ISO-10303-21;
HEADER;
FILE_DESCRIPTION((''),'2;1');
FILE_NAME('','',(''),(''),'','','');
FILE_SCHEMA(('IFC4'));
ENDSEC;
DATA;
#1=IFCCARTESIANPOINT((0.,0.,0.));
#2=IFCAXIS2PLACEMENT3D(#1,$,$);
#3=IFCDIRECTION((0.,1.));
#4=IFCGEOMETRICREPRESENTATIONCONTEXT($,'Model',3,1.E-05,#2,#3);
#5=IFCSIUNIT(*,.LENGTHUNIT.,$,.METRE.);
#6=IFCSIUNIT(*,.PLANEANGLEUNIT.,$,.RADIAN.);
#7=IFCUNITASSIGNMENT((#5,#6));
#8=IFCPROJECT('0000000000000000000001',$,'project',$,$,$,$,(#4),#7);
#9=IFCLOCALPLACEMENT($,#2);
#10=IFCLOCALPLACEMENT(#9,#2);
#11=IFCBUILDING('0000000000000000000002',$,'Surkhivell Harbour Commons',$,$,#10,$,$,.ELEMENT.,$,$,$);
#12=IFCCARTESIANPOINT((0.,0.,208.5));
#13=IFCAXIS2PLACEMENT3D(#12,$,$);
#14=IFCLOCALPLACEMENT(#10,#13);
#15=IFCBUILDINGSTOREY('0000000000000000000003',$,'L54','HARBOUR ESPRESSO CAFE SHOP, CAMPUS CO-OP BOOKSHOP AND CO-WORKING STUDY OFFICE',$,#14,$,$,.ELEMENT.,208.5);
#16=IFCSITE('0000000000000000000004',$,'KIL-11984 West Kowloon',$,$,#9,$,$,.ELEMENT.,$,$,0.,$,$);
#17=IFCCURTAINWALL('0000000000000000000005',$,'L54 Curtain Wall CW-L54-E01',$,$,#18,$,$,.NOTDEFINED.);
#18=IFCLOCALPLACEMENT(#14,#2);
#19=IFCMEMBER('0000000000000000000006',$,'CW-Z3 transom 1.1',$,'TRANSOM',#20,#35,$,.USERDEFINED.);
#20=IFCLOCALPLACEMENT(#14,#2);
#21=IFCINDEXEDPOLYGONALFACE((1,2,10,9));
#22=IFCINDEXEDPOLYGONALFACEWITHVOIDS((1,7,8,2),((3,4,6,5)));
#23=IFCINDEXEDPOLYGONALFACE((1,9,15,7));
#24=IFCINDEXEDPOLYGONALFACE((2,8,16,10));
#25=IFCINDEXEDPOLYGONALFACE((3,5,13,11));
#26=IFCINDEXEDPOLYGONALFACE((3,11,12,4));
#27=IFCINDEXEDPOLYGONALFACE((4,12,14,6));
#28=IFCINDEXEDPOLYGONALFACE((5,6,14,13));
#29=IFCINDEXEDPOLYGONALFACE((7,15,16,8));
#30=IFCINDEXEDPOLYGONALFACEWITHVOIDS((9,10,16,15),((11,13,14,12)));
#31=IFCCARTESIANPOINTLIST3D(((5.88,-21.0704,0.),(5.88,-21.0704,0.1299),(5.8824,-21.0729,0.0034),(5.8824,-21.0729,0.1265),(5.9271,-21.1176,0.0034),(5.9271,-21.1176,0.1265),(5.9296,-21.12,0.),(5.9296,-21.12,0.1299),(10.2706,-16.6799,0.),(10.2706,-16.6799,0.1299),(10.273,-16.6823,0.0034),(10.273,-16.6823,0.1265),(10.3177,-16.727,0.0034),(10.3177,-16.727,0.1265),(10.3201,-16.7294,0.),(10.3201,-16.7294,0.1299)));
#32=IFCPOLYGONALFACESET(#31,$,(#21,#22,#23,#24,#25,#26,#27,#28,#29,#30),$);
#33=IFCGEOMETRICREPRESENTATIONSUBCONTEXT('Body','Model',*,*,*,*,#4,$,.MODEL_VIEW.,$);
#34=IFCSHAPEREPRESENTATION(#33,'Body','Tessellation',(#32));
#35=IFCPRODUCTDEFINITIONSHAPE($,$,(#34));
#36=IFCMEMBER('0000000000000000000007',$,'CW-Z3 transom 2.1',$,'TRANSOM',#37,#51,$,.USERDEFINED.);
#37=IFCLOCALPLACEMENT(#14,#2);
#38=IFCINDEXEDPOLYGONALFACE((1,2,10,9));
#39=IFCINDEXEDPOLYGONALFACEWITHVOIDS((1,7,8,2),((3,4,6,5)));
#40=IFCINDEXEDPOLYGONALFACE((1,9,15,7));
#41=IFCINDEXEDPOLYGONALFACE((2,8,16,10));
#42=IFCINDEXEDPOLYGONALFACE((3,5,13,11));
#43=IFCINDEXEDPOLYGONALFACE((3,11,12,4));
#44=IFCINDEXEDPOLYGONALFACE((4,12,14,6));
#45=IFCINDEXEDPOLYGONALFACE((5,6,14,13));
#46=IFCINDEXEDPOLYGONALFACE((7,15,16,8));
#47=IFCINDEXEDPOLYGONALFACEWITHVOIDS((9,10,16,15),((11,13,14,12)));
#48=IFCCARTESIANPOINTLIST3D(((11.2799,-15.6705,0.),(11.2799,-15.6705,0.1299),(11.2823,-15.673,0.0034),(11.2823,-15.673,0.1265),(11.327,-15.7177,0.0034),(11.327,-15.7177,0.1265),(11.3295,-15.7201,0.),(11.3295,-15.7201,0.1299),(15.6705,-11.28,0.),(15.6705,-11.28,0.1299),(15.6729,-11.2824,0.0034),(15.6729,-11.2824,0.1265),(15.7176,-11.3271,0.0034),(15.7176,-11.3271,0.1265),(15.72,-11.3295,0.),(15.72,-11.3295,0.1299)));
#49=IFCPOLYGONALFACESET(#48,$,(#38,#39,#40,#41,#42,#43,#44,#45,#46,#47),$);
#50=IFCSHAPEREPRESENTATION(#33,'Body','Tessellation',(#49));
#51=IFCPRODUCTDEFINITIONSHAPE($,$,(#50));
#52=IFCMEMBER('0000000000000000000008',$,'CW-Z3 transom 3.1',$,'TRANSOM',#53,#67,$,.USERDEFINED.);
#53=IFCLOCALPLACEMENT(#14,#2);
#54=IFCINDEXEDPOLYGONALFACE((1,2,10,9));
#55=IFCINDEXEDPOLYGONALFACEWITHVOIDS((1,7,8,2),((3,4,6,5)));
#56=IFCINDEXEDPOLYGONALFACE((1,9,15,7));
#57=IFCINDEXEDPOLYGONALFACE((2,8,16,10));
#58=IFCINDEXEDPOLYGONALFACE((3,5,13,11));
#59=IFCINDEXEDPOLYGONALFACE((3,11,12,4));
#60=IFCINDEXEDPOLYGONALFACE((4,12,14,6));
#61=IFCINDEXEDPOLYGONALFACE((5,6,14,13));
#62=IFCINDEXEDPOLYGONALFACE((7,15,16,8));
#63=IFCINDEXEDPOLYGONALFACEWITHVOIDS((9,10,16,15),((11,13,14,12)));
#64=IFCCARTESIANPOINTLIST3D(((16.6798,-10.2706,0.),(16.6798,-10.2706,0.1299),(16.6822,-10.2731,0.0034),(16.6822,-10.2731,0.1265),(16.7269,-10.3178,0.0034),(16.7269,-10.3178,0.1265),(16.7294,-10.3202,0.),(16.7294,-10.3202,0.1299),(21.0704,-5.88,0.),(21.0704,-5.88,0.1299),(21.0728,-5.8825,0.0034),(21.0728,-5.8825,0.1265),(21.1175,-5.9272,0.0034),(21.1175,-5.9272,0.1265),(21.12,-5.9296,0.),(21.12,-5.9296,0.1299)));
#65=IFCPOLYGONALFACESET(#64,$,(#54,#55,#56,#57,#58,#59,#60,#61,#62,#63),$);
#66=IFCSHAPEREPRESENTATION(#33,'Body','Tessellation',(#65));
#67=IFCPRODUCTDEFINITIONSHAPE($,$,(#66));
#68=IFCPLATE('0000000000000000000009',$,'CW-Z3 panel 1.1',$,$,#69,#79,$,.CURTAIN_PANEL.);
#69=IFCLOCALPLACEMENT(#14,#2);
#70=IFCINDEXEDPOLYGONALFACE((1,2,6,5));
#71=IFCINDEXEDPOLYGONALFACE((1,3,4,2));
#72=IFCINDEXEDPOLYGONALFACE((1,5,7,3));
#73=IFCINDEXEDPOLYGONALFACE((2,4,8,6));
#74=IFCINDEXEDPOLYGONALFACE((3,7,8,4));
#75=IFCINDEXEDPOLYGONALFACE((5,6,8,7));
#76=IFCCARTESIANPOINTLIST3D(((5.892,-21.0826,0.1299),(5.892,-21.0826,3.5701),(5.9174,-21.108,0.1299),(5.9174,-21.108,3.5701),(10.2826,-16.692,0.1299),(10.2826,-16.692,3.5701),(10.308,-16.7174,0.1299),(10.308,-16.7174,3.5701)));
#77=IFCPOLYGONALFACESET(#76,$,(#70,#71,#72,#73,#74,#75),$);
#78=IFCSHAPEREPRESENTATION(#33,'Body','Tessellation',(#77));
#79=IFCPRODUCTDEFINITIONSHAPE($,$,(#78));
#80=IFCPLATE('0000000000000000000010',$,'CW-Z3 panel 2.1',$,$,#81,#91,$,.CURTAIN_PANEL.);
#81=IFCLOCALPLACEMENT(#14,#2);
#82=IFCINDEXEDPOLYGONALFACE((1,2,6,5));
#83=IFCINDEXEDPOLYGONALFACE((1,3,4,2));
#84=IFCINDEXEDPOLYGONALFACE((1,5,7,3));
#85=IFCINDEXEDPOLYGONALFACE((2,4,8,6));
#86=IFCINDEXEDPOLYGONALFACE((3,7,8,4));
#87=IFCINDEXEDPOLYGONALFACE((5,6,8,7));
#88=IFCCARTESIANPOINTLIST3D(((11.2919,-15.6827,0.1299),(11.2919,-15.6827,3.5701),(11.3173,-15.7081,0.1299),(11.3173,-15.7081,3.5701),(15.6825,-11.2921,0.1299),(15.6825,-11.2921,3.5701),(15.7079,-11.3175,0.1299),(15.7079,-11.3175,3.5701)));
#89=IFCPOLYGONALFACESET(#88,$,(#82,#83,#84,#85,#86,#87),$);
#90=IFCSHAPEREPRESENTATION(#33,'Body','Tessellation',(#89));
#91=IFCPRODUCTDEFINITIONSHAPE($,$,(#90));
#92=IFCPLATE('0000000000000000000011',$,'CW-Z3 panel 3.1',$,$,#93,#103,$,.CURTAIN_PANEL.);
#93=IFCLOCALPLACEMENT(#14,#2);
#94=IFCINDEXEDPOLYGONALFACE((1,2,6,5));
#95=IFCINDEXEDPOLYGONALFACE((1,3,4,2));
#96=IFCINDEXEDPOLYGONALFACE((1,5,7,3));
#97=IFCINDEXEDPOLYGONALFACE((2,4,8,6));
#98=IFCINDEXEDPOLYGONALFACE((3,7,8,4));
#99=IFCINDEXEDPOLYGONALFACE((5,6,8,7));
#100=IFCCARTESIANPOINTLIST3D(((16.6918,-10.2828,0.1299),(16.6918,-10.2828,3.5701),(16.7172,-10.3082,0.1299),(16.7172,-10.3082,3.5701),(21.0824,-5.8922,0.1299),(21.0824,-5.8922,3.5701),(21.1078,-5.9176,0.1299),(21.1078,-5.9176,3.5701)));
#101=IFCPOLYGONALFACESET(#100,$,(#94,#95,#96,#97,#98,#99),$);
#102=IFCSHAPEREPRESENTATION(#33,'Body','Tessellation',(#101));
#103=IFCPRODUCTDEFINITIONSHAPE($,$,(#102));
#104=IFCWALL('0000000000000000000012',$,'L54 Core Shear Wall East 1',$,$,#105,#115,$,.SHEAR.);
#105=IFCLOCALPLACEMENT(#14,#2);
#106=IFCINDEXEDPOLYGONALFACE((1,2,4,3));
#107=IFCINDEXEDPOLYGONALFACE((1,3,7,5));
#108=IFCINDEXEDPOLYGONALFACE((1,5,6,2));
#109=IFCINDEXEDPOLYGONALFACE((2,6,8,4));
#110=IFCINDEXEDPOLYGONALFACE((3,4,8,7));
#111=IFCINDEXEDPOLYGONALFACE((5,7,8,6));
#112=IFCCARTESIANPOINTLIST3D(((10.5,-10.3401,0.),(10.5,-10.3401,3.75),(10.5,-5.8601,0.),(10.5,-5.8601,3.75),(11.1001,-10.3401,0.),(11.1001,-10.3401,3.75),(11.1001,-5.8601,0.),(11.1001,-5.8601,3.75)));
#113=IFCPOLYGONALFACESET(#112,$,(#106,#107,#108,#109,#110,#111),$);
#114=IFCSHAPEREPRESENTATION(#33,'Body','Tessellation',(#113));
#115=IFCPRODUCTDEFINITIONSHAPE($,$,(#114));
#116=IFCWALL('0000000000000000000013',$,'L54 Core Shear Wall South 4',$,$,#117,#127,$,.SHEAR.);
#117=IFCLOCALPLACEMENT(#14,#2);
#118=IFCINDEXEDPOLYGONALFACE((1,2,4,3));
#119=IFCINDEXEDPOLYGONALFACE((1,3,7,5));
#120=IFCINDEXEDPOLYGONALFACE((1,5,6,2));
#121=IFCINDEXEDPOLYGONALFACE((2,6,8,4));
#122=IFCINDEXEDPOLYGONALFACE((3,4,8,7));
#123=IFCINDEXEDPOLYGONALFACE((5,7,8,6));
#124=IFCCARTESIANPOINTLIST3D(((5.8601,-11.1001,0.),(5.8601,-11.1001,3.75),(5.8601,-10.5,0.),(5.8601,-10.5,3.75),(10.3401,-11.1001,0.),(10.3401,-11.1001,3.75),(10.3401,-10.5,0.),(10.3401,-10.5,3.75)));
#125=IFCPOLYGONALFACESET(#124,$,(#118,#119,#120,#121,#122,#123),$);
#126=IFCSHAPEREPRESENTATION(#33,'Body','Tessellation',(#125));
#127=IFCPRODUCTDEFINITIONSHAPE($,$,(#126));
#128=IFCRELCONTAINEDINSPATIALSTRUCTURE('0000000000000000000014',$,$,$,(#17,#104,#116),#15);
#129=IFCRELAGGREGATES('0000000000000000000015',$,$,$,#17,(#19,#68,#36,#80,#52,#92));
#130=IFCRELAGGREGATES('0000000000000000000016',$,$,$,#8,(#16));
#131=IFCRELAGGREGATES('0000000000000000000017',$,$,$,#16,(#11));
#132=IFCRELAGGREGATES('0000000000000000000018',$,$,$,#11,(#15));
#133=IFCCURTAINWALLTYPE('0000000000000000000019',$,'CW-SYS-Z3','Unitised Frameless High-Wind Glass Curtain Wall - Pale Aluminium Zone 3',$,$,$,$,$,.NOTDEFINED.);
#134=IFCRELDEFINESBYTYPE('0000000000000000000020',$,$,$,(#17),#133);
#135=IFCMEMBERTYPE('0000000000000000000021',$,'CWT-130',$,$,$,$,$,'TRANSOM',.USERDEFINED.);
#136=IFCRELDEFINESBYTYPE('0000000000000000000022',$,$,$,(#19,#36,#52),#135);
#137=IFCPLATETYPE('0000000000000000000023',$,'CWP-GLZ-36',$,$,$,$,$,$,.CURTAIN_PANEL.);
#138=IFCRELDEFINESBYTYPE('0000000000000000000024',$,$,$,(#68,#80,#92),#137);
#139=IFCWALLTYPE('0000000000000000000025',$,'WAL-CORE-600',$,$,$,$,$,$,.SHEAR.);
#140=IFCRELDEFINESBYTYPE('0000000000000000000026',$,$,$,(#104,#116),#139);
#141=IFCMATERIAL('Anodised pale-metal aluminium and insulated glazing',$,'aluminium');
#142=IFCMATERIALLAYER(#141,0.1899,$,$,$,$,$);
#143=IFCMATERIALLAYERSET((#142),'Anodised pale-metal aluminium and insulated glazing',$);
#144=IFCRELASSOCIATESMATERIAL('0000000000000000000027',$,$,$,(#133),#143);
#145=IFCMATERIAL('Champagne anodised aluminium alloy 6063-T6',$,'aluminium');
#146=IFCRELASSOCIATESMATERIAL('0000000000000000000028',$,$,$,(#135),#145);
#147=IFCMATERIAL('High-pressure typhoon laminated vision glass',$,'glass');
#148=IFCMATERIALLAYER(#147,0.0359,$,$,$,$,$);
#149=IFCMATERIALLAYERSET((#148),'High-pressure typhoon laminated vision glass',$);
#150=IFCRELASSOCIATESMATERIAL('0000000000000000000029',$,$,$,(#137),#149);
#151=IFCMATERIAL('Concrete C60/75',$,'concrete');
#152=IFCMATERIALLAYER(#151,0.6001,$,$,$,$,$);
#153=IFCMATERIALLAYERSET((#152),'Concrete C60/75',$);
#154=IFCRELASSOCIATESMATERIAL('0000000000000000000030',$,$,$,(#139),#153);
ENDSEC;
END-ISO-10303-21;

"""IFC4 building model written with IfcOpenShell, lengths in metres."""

from ifc_helpers import new_model, si_unit, direction, frame, frame_2d, origin, origin_2d, place, context, subcontext, project, spatial, rectangle, hollow_rectangle, extrude, material, layer, layer_set, material_profile, profile_set, type_object, element, aggregate, save


model = new_model("IFC4")

# Units and contexts
model_context = context("Model", 3, precision=1e-05, world=origin(), true_north=direction((0.0, 1.0)))
body_context = subcontext(model_context, "Body", "Model", "MODEL_VIEW")
ifc_project = project(units=[si_unit("LENGTHUNIT", "METRE"), si_unit("PLANEANGLEUNIT", "RADIAN")], contexts=[model_context])

# Site, building, storey
site_placement = place(None, origin())
site = spatial("IfcSite", under=ifc_project, at=site_placement, Name="KIL-11984 West Kowloon", CompositionType="ELEMENT", RefElevation=0.0)
building_placement = place(site_placement, origin())
building = spatial("IfcBuilding", under=site, at=building_placement, Name="Surkhivell Harbour Commons", CompositionType="ELEMENT")
storey_placement = place(building_placement, frame((0.0, 0.0, 208.5)))
storey = spatial("IfcBuildingStorey", under=building, at=storey_placement, Name="L54", Description="HARBOUR ESPRESSO CAFE SHOP, CAMPUS CO-OP BOOKSHOP AND CO-WORKING STUDY OFFICE", CompositionType="ELEMENT", Elevation=208.5)

# Shared definitions
ifc_material_1 = material(Name="Concrete C60/75", Category="concrete")

# Curtain wall, members, plates
ifc_material_2 = material(Name="Anodised pale-metal aluminium and insulated glazing", Category="aluminium")
ifc_layer_1 = layer(ifc_material_2, 0.1899)
ifc_layer_set_1 = layer_set([ifc_layer_1], Name="Anodised pale-metal aluminium and insulated glazing")
curtain_wall_type = type_object("IfcCurtainWallType", Name="CW-SYS-Z3", Description="Unitised Frameless High-Wind Glass Curtain Wall - Pale Aluminium Zone 3", PredefinedType="NOTDEFINED", material=ifc_layer_set_1)
curtain_wall_placement = place(storey_placement, origin())
curtain_wall = element("IfcCurtainWall", 1, at=curtain_wall_placement, inside=storey, type_object=curtain_wall_type, Name="L54 Curtain Wall CW-L54-E01", PredefinedType="NOTDEFINED")
ifc_material_3 = material(Name="Champagne anodised aluminium alloy 6063-T6", Category="aluminium")
ifc_material_profile_1 = material_profile(ifc_material_3, hollow_rectangle(XDim=0.0701, YDim=0.1299, WallThickness=0.0034, at=origin_2d()), Name="ALU-TRAN-70x130")
ifc_profile_set_1 = profile_set([ifc_material_profile_1], Name="Champagne anodised aluminium alloy 6063-T6")
member_type_1 = type_object("IfcMemberType", Name="CWT-130", ElementType="TRANSOM", PredefinedType="USERDEFINED", material=ifc_profile_set_1)
member_1_placement = place(storey_placement, frame((5.9048, -21.0952, 0.0649), z_axis=(0.707107, 0.707107, 0.0), x_axis=(-0.707107, 0.707107, 0.0)))
member_1 = element("IfcMember", 2, at=member_1_placement, type_object=member_type_1, Name="CW-Z3 transom 1.1", ObjectType="TRANSOM", PredefinedType="USERDEFINED", context=body_context, shape_type="SweptSolid", body=[
    extrude(hollow_rectangle(XDim=0.0701, YDim=0.1299, WallThickness=0.0034, at=origin_2d()), origin(), (0.0, 0.0, 1.0), 6.2092),
])
member_2_placement = place(storey_placement, frame((11.3047, -15.6953, 0.0649), z_axis=(0.707107, 0.707107, 0.0), x_axis=(-0.707107, 0.707107, 0.0)))
member_2 = element("IfcMember", 3, at=member_2_placement, type_object=member_type_1, Name="CW-Z3 transom 2.1", ObjectType="TRANSOM", PredefinedType="USERDEFINED", context=body_context, shape_type="SweptSolid", body=[
    extrude(hollow_rectangle(XDim=0.0701, YDim=0.1299, WallThickness=0.0034, at=origin_2d()), origin(), (0.0, 0.0, 1.0), 6.2092),
])
member_3_placement = place(storey_placement, frame((16.7046, -10.2954, 0.0649), z_axis=(0.707107, 0.707107, 0.0), x_axis=(-0.707107, 0.707107, 0.0)))
member_3 = element("IfcMember", 4, at=member_3_placement, type_object=member_type_1, Name="CW-Z3 transom 3.1", ObjectType="TRANSOM", PredefinedType="USERDEFINED", context=body_context, shape_type="SweptSolid", body=[
    extrude(hollow_rectangle(XDim=0.0701, YDim=0.1299, WallThickness=0.0034, at=origin_2d()), origin(), (0.0, 0.0, 1.0), 6.2092),
])
ifc_material_4 = material(Name="High-pressure typhoon laminated vision glass", Category="glass")
ifc_layer_2 = layer(ifc_material_4, 0.0359)
ifc_layer_set_2 = layer_set([ifc_layer_2], Name="High-pressure typhoon laminated vision glass")
plate_type = type_object("IfcPlateType", Name="CWP-GLZ-36", PredefinedType="CURTAIN_PANEL", material=ifc_layer_set_2)
plate_1_placement = place(storey_placement, frame((5.9048, -21.0952, 0.1299), z_axis=(0.0, 0.0, 1.0), x_axis=(0.707107, 0.707107, 0.0)))
plate_1 = element("IfcPlate", 5, at=plate_1_placement, type_object=plate_type, Name="CW-Z3 panel 1.1", PredefinedType="CURTAIN_PANEL", context=body_context, shape_type="SweptSolid", body=[
    extrude(rectangle(XDim=6.2092, YDim=0.0359, at=frame_2d((3.1045, 0.0))), origin(), (0.0, 0.0, 1.0), 3.4402),
])
plate_2_placement = place(storey_placement, frame((11.3047, -15.6953, 0.1299), z_axis=(0.0, 0.0, 1.0), x_axis=(0.707107, 0.707107, 0.0)))
plate_2 = element("IfcPlate", 6, at=plate_2_placement, type_object=plate_type, Name="CW-Z3 panel 2.1", PredefinedType="CURTAIN_PANEL", context=body_context, shape_type="SweptSolid", body=[
    extrude(rectangle(XDim=6.2092, YDim=0.0359, at=frame_2d((3.1045, 0.0))), origin(), (0.0, 0.0, 1.0), 3.4402),
])
plate_3_placement = place(storey_placement, frame((16.7046, -10.2954, 0.1299), z_axis=(0.0, 0.0, 1.0), x_axis=(0.707107, 0.707107, 0.0)))
plate_3 = element("IfcPlate", 7, at=plate_3_placement, type_object=plate_type, Name="CW-Z3 panel 3.1", PredefinedType="CURTAIN_PANEL", context=body_context, shape_type="SweptSolid", body=[
    extrude(rectangle(XDim=6.2092, YDim=0.0359, at=frame_2d((3.1045, 0.0))), origin(), (0.0, 0.0, 1.0), 3.4402),
])
aggregate(curtain_wall, [member_1, plate_1, member_2, plate_2, member_3, plate_3])

# Walls
ifc_layer_3 = layer(ifc_material_1, 0.6001)
ifc_layer_set_3 = layer_set([ifc_layer_3], Name="Concrete C60/75")
wall_type_1 = type_object("IfcWallType", Name="WAL-CORE-600", PredefinedType="SHEAR", material=ifc_layer_set_3)
for number, where, z_axis, x_axis, name in (
    (8, (10.8, -10.3401, 0.0), (0.0, 0.0, 1.0), (0.0, 1.0, 0.0), "L54 Core Shear Wall East 1"),
    (9, (5.8601, -10.8, 0.0), (0.0, 0.0, 1.0), (1.0, 0.0, 0.0), "L54 Core Shear Wall South 4"),
):
    element("IfcWall", number, at=place(storey_placement, frame(where, z_axis=z_axis, x_axis=x_axis)), inside=storey, type_object=wall_type_1, Name=name, PredefinedType="SHEAR", context=body_context, shape_type="SweptSolid", body=[
        extrude(rectangle(XDim=4.48, YDim=0.6001, at=frame_2d((2.24, 0.0))), origin(), (0.0, 0.0, 1.0), 3.75),
    ])

save(model, "model.ifc")
